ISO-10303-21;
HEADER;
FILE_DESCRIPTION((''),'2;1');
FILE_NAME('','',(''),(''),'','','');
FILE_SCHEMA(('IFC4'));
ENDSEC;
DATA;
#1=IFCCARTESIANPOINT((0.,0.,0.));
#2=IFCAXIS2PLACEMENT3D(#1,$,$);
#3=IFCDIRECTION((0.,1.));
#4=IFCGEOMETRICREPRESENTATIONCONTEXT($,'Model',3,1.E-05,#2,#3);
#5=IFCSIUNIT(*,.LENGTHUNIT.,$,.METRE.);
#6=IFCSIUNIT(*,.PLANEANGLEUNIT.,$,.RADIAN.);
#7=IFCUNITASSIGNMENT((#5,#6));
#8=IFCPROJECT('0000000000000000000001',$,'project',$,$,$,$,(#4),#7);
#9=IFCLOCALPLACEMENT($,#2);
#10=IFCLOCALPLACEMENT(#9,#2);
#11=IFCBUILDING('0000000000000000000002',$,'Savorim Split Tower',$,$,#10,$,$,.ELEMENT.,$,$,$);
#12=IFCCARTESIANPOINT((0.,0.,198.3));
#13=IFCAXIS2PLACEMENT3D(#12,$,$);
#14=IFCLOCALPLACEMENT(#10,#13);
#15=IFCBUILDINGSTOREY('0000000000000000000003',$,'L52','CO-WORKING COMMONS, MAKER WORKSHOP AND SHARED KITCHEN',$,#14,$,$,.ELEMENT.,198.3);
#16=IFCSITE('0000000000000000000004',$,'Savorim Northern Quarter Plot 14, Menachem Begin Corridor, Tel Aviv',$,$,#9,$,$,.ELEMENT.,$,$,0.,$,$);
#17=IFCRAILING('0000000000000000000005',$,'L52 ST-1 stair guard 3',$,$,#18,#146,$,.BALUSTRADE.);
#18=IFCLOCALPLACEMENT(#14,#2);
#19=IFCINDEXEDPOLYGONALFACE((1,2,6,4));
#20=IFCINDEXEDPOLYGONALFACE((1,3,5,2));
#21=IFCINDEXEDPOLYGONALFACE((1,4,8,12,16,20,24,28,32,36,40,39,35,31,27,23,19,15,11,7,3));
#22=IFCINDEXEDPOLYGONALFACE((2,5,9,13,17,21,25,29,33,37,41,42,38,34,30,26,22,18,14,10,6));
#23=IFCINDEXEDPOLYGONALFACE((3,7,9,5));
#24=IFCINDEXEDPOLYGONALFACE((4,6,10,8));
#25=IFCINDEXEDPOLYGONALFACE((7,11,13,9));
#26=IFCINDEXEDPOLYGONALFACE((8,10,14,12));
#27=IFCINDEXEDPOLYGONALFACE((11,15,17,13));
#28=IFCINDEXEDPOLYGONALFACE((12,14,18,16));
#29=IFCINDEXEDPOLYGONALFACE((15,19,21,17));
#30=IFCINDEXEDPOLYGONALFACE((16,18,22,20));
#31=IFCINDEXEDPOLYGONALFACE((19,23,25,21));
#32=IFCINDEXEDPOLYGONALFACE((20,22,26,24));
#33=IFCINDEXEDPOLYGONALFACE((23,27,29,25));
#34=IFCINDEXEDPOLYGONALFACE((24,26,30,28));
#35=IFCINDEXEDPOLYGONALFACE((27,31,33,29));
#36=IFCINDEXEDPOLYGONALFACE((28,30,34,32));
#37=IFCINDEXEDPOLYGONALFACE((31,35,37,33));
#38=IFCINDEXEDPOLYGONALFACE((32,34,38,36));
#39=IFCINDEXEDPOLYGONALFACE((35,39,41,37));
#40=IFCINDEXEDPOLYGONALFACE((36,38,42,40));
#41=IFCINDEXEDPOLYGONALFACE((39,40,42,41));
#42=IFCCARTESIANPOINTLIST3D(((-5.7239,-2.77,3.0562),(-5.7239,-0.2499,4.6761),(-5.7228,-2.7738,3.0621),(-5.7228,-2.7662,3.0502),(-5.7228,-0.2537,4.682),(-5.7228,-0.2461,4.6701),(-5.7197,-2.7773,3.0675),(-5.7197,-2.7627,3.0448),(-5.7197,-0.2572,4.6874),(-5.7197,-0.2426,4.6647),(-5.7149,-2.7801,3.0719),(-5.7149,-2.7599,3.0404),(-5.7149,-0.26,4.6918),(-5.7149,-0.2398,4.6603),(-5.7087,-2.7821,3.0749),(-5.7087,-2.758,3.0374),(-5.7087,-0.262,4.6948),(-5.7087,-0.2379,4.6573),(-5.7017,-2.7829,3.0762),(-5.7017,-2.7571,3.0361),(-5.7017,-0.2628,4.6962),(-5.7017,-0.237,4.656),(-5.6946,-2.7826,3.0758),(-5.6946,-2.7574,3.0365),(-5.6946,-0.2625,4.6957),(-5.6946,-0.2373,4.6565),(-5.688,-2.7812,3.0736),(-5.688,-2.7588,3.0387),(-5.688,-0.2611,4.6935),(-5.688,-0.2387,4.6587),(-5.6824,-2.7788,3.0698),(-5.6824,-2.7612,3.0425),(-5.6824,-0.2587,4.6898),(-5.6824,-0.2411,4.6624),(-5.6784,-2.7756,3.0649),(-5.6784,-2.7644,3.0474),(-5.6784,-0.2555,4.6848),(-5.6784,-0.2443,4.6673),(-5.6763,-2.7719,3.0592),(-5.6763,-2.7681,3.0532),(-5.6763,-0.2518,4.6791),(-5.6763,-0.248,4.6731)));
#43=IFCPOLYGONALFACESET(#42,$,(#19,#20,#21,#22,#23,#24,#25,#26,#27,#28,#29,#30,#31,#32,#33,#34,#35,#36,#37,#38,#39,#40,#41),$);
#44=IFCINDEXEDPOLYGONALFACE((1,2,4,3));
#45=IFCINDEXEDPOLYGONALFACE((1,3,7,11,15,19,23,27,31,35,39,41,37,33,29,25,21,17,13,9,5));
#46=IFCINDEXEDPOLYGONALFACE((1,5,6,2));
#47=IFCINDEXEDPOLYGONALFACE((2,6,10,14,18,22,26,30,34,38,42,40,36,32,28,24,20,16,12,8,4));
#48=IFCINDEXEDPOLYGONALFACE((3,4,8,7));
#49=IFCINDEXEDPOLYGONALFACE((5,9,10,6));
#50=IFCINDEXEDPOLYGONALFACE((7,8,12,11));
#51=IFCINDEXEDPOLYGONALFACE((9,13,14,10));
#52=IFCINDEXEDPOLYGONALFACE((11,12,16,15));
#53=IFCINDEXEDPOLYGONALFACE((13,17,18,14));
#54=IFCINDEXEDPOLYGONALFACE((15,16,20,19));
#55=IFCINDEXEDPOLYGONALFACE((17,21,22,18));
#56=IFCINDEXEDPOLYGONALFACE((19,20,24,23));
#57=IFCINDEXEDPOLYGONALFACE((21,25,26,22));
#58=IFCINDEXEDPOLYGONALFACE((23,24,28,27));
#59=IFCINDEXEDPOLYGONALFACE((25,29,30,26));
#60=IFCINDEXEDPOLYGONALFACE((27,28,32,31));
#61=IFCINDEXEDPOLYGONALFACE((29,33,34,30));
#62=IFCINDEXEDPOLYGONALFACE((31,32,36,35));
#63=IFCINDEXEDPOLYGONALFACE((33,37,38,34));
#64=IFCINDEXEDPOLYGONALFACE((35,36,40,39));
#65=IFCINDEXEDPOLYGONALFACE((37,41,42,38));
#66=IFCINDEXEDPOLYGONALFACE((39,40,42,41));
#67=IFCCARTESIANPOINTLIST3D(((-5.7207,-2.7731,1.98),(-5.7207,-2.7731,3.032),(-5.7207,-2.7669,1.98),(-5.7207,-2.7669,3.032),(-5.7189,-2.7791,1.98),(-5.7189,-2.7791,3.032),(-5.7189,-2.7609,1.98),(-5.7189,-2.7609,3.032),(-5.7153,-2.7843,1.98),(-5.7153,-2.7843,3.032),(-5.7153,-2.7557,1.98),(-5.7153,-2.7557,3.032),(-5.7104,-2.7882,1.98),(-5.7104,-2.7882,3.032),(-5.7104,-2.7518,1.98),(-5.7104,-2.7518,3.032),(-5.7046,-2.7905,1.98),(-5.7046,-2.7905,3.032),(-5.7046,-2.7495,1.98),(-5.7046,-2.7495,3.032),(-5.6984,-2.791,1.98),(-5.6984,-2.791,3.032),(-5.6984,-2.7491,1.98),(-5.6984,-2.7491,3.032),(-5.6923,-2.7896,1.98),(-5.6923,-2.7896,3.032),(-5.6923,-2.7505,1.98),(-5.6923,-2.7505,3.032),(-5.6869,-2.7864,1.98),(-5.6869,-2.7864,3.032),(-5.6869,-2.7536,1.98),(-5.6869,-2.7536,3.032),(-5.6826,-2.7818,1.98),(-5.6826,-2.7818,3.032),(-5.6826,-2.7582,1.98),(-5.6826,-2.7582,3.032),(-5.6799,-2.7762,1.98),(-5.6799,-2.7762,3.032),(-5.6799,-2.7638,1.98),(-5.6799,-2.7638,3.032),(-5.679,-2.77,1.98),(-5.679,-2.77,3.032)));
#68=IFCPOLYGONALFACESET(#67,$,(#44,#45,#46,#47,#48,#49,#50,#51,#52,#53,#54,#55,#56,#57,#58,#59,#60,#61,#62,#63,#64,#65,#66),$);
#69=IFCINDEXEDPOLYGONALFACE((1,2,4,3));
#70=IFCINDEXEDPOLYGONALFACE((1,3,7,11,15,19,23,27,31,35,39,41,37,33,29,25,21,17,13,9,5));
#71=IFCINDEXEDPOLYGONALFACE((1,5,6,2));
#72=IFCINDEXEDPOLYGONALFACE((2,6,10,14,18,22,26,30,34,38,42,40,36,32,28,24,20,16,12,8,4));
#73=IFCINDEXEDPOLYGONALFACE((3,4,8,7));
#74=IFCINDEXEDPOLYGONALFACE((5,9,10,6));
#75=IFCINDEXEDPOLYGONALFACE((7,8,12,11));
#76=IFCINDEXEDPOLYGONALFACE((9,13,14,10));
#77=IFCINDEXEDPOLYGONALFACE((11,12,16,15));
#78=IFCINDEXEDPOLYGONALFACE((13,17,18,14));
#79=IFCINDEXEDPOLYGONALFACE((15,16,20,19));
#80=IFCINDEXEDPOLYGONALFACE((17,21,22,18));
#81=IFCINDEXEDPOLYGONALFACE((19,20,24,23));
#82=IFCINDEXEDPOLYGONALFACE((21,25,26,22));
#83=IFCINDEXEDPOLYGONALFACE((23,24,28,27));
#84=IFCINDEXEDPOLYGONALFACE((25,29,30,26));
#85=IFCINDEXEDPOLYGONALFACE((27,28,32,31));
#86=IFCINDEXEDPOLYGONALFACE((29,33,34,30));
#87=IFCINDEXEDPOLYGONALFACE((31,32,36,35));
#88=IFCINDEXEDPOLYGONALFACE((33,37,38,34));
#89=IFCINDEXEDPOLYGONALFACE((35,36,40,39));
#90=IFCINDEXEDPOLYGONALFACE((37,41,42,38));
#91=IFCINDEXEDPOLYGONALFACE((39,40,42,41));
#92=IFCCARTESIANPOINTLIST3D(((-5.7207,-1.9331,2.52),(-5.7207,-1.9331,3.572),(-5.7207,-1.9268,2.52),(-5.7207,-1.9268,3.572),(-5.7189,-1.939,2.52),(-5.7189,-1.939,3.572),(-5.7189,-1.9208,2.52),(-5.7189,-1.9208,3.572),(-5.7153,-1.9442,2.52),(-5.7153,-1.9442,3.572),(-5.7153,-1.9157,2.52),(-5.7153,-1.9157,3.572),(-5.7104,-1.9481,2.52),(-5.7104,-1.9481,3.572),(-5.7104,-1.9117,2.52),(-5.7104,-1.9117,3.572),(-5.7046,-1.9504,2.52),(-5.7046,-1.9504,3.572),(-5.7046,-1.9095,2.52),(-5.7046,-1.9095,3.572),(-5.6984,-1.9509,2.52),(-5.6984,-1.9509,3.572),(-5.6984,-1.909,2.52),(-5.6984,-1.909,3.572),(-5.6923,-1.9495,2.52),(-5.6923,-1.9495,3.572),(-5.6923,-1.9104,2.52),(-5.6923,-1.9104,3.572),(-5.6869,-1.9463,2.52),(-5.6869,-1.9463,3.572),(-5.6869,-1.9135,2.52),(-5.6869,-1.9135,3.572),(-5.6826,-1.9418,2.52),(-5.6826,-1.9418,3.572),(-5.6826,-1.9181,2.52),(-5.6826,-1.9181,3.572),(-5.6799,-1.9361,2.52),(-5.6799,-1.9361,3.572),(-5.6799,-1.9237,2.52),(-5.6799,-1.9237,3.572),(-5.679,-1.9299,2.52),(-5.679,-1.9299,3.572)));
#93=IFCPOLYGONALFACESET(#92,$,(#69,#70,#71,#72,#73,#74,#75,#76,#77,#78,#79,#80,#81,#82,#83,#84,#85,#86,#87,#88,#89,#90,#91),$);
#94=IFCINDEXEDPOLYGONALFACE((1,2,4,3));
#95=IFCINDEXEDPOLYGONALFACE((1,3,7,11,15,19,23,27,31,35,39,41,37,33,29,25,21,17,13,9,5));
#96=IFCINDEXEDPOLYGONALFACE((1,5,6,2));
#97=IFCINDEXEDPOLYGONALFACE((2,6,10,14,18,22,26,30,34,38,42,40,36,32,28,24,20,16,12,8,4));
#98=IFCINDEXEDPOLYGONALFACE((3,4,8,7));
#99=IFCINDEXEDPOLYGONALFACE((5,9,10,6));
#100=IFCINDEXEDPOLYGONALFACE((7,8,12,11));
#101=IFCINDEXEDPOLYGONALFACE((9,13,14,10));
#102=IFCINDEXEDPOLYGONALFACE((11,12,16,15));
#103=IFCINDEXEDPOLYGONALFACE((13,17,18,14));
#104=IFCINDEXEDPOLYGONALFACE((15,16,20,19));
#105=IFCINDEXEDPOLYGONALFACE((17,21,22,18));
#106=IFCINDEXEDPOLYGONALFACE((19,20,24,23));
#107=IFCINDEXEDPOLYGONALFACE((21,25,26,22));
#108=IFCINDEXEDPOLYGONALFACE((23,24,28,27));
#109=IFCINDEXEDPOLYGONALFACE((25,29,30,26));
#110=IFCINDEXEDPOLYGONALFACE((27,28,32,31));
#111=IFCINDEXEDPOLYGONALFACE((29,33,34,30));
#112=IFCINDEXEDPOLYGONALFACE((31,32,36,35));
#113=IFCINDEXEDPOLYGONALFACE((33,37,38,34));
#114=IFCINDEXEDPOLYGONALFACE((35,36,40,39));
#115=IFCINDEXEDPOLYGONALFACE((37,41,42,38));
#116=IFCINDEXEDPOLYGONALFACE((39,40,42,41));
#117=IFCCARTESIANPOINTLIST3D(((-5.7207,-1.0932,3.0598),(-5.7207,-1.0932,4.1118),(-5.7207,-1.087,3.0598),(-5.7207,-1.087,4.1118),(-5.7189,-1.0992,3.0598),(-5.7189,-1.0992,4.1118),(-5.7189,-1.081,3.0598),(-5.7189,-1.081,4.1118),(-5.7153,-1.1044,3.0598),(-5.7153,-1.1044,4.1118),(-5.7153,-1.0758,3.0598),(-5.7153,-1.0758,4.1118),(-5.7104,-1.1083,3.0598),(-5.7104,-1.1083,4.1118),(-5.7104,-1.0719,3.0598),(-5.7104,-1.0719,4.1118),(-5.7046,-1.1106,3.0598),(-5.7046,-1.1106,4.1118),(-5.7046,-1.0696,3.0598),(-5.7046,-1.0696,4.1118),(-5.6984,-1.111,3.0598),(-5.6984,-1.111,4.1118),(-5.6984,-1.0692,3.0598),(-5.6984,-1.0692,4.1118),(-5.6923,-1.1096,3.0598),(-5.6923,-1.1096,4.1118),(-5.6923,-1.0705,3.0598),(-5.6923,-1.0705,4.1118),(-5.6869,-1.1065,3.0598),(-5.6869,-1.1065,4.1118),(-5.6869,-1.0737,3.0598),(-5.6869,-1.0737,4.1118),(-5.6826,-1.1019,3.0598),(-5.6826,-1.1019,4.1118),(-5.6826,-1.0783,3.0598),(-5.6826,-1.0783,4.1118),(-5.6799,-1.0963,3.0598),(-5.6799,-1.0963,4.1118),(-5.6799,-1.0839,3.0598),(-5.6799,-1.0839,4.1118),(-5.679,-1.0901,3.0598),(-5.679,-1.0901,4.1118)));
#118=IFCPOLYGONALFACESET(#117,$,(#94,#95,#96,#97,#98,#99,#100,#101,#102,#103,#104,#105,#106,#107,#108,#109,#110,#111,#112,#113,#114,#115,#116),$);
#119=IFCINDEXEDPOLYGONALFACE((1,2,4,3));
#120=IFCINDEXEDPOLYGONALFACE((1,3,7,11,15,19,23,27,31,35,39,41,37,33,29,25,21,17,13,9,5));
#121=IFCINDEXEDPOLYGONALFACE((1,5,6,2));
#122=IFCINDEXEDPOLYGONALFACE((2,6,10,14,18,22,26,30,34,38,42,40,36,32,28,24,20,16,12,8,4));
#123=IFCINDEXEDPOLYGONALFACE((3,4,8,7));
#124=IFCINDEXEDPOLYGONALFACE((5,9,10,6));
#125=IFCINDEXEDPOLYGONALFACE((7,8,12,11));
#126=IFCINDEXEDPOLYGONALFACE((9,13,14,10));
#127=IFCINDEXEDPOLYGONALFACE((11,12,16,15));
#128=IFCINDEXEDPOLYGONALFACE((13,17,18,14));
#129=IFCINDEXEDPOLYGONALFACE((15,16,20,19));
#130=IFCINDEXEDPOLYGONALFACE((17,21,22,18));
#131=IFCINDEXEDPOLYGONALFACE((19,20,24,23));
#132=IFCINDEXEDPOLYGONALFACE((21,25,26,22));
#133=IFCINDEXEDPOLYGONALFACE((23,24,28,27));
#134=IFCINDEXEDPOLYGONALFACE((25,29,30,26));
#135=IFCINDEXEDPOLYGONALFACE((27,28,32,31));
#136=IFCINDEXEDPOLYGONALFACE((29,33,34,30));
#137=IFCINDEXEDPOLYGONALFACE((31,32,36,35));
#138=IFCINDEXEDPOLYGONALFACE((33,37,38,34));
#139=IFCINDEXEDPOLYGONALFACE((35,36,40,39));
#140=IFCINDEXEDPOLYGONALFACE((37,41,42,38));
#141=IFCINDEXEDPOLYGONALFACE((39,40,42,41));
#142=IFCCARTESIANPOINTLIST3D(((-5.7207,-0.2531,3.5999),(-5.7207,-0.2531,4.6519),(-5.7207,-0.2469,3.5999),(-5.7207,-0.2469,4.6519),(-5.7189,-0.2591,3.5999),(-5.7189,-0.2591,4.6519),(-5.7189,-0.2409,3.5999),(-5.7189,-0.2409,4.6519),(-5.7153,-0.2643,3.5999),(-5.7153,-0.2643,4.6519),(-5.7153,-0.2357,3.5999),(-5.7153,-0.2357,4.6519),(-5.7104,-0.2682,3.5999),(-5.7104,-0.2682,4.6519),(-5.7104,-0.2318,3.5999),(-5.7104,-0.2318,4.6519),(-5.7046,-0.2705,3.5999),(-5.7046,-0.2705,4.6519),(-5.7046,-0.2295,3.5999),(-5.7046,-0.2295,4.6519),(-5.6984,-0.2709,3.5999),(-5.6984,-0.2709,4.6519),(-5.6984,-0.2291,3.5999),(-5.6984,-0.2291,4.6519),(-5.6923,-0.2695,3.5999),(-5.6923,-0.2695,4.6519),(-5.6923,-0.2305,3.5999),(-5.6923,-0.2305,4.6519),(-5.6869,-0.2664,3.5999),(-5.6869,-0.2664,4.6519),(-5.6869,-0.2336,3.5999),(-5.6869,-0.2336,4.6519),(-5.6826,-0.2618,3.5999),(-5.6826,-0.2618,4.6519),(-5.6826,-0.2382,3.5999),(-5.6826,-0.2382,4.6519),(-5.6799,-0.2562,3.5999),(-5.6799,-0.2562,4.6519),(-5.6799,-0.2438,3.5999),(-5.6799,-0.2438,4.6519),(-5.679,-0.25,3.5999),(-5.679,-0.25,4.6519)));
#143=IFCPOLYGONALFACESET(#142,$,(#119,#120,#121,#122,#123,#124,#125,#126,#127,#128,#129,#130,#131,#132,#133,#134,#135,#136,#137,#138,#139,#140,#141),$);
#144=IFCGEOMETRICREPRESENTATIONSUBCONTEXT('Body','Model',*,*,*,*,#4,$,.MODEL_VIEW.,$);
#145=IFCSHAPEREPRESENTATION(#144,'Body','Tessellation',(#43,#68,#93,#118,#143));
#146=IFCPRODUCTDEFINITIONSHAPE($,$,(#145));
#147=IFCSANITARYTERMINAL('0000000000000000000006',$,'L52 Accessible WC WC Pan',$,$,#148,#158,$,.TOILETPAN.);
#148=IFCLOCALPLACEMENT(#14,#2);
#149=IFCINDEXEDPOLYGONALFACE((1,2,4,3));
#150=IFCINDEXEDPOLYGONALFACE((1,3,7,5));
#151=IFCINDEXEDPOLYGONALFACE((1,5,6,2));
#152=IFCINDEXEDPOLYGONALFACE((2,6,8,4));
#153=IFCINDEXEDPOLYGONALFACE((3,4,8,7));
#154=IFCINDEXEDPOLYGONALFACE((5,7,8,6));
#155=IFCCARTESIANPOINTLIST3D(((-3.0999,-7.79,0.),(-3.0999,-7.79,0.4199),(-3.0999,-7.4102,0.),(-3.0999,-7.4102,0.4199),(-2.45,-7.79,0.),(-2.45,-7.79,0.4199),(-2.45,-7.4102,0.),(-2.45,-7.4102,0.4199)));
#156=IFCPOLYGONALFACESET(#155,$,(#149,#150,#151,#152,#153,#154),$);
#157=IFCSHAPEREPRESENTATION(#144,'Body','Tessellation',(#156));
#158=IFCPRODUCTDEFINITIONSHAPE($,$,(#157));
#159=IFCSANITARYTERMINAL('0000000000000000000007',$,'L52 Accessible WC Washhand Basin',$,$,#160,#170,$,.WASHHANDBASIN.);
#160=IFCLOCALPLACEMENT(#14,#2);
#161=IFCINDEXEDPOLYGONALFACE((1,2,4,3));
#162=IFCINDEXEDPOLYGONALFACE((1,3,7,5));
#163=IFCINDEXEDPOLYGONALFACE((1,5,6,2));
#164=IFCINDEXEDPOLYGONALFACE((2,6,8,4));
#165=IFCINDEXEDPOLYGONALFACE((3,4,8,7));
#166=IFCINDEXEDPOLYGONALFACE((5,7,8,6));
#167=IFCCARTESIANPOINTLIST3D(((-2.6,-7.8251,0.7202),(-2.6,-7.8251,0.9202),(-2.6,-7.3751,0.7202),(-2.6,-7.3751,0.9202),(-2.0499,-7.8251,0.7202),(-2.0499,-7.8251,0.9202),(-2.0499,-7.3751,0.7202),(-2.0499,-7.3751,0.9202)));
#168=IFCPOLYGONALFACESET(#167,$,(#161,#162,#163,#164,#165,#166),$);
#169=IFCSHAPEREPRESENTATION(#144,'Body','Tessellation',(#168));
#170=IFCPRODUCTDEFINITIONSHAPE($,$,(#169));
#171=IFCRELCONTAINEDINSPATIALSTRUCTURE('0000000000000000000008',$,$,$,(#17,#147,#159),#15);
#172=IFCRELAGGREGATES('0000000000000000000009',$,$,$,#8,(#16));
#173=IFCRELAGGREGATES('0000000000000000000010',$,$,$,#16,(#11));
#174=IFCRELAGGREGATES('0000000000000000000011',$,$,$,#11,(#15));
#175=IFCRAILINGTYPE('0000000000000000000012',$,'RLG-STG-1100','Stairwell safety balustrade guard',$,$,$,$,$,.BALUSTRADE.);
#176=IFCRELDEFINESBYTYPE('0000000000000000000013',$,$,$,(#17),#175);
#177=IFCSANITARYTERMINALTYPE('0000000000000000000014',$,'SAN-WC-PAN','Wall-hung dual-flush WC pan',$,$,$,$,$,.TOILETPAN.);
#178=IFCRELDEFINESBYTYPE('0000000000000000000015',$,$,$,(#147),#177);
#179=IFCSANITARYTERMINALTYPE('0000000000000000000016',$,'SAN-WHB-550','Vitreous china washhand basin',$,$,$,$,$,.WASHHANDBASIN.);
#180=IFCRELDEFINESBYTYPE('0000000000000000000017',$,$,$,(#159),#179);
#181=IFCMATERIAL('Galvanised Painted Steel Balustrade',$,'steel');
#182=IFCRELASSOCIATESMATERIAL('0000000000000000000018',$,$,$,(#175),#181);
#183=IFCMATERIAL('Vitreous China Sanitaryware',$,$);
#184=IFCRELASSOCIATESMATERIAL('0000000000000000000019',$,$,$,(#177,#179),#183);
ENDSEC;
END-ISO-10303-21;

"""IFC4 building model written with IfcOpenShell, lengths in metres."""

from ifc_helpers import new_model, si_unit, direction, frame, origin, origin_2d, place, context, subcontext, project, spatial, rectangle, circle, extrude, material, type_object, element, save


model = new_model("IFC4")

# Units and contexts
model_context = context("Model", 3, precision=1e-05, world=origin(), true_north=direction((0.0, 1.0)))
body_context = subcontext(model_context, "Body", "Model", "MODEL_VIEW")
ifc_project = project(units=[si_unit("LENGTHUNIT", "METRE"), si_unit("PLANEANGLEUNIT", "RADIAN")], contexts=[model_context])

# Site, building, storey
site_placement = place(None, origin())
site = spatial("IfcSite", under=ifc_project, at=site_placement, Name="Savorim Northern Quarter Plot 14, Menachem Begin Corridor, Tel Aviv", CompositionType="ELEMENT", RefElevation=0.0)
building_placement = place(site_placement, origin())
building = spatial("IfcBuilding", under=site, at=building_placement, Name="Savorim Split Tower", CompositionType="ELEMENT")
storey_placement = place(building_placement, frame((0.0, 0.0, 198.3)))
storey = spatial("IfcBuildingStorey", under=building, at=storey_placement, Name="L52", Description="CO-WORKING COMMONS, MAKER WORKSHOP AND SHARED KITCHEN", CompositionType="ELEMENT", Elevation=198.3)

# Railing
ifc_material_1 = material(Name="Galvanised Painted Steel Balustrade", Category="steel")
railing_type_1 = type_object("IfcRailingType", Name="RLG-STG-1100", Description="Stairwell safety balustrade guard", PredefinedType="BALUSTRADE", material=ifc_material_1)
railing_1_placement = place(storey_placement, frame((-5.7, -2.77, 1.98)))
element("IfcRailing", 1, at=railing_1_placement, inside=storey, type_object=railing_type_1, Name="L52 ST-1 stair guard 3", PredefinedType="BALUSTRADE", context=body_context, shape_type="SweptSolid", body=[
    extrude(circle(Radius=0.0239, at=origin_2d()), frame((0.0, 0.0, 1.0762), z_axis=(0.0, 0.8412, 0.540725), x_axis=(-1.0, 0.0, 0.0)), (0.0, 0.0, 1.0), 2.9958),
    extrude(circle(Radius=0.021, at=origin_2d()), origin(), (0.0, 0.0, 1.0), 1.052),
    extrude(circle(Radius=0.021, at=origin_2d()), frame((0.0, 0.8401, 0.54)), (0.0, 0.0, 1.0), 1.052),
    extrude(circle(Radius=0.021, at=origin_2d()), frame((0.0, 1.6799, 1.0798)), (0.0, 0.0, 1.0), 1.052),
    extrude(circle(Radius=0.021, at=origin_2d()), frame((0.0, 2.52, 1.6199)), (0.0, 0.0, 1.0), 1.052),
])

# Sanitary terminals
ifc_material_2 = material(Name="Vitreous China Sanitaryware")
sanitary_terminal_type_1 = type_object("IfcSanitaryTerminalType", Name="SAN-WC-PAN", Description="Wall-hung dual-flush WC pan", PredefinedType="TOILETPAN", material=ifc_material_2)
sanitary_terminal_1_placement = place(storey_placement, frame((-2.7749, -7.6001, 0.0), z_axis=(0.0, 0.0, 1.0), x_axis=(1.0, 0.0, 0.0)))
element("IfcSanitaryTerminal", 2, at=sanitary_terminal_1_placement, inside=storey, type_object=sanitary_terminal_type_1, Name="L52 Accessible WC WC Pan", PredefinedType="TOILETPAN", context=body_context, shape_type="SweptSolid", body=[
    extrude(rectangle(XDim=0.6499, YDim=0.3799, at=origin_2d()), origin(), (0.0, 0.0, 1.0), 0.4199),
])
sanitary_terminal_type_2 = type_object("IfcSanitaryTerminalType", Name="SAN-WHB-550", Description="Vitreous china washhand basin", PredefinedType="WASHHANDBASIN", material=ifc_material_2)
sanitary_terminal_2_placement = place(storey_placement, frame((-2.325, -7.6001, 0.7202), z_axis=(0.0, 0.0, 1.0), x_axis=(1.0, 0.0, 0.0)))
element("IfcSanitaryTerminal", 3, at=sanitary_terminal_2_placement, inside=storey, type_object=sanitary_terminal_type_2, Name="L52 Accessible WC Washhand Basin", PredefinedType="WASHHANDBASIN", context=body_context, shape_type="SweptSolid", body=[
    extrude(rectangle(XDim=0.55, YDim=0.45, at=origin_2d()), origin(), (0.0, 0.0, 1.0), 0.2),
])

save(model, "model.ifc")
